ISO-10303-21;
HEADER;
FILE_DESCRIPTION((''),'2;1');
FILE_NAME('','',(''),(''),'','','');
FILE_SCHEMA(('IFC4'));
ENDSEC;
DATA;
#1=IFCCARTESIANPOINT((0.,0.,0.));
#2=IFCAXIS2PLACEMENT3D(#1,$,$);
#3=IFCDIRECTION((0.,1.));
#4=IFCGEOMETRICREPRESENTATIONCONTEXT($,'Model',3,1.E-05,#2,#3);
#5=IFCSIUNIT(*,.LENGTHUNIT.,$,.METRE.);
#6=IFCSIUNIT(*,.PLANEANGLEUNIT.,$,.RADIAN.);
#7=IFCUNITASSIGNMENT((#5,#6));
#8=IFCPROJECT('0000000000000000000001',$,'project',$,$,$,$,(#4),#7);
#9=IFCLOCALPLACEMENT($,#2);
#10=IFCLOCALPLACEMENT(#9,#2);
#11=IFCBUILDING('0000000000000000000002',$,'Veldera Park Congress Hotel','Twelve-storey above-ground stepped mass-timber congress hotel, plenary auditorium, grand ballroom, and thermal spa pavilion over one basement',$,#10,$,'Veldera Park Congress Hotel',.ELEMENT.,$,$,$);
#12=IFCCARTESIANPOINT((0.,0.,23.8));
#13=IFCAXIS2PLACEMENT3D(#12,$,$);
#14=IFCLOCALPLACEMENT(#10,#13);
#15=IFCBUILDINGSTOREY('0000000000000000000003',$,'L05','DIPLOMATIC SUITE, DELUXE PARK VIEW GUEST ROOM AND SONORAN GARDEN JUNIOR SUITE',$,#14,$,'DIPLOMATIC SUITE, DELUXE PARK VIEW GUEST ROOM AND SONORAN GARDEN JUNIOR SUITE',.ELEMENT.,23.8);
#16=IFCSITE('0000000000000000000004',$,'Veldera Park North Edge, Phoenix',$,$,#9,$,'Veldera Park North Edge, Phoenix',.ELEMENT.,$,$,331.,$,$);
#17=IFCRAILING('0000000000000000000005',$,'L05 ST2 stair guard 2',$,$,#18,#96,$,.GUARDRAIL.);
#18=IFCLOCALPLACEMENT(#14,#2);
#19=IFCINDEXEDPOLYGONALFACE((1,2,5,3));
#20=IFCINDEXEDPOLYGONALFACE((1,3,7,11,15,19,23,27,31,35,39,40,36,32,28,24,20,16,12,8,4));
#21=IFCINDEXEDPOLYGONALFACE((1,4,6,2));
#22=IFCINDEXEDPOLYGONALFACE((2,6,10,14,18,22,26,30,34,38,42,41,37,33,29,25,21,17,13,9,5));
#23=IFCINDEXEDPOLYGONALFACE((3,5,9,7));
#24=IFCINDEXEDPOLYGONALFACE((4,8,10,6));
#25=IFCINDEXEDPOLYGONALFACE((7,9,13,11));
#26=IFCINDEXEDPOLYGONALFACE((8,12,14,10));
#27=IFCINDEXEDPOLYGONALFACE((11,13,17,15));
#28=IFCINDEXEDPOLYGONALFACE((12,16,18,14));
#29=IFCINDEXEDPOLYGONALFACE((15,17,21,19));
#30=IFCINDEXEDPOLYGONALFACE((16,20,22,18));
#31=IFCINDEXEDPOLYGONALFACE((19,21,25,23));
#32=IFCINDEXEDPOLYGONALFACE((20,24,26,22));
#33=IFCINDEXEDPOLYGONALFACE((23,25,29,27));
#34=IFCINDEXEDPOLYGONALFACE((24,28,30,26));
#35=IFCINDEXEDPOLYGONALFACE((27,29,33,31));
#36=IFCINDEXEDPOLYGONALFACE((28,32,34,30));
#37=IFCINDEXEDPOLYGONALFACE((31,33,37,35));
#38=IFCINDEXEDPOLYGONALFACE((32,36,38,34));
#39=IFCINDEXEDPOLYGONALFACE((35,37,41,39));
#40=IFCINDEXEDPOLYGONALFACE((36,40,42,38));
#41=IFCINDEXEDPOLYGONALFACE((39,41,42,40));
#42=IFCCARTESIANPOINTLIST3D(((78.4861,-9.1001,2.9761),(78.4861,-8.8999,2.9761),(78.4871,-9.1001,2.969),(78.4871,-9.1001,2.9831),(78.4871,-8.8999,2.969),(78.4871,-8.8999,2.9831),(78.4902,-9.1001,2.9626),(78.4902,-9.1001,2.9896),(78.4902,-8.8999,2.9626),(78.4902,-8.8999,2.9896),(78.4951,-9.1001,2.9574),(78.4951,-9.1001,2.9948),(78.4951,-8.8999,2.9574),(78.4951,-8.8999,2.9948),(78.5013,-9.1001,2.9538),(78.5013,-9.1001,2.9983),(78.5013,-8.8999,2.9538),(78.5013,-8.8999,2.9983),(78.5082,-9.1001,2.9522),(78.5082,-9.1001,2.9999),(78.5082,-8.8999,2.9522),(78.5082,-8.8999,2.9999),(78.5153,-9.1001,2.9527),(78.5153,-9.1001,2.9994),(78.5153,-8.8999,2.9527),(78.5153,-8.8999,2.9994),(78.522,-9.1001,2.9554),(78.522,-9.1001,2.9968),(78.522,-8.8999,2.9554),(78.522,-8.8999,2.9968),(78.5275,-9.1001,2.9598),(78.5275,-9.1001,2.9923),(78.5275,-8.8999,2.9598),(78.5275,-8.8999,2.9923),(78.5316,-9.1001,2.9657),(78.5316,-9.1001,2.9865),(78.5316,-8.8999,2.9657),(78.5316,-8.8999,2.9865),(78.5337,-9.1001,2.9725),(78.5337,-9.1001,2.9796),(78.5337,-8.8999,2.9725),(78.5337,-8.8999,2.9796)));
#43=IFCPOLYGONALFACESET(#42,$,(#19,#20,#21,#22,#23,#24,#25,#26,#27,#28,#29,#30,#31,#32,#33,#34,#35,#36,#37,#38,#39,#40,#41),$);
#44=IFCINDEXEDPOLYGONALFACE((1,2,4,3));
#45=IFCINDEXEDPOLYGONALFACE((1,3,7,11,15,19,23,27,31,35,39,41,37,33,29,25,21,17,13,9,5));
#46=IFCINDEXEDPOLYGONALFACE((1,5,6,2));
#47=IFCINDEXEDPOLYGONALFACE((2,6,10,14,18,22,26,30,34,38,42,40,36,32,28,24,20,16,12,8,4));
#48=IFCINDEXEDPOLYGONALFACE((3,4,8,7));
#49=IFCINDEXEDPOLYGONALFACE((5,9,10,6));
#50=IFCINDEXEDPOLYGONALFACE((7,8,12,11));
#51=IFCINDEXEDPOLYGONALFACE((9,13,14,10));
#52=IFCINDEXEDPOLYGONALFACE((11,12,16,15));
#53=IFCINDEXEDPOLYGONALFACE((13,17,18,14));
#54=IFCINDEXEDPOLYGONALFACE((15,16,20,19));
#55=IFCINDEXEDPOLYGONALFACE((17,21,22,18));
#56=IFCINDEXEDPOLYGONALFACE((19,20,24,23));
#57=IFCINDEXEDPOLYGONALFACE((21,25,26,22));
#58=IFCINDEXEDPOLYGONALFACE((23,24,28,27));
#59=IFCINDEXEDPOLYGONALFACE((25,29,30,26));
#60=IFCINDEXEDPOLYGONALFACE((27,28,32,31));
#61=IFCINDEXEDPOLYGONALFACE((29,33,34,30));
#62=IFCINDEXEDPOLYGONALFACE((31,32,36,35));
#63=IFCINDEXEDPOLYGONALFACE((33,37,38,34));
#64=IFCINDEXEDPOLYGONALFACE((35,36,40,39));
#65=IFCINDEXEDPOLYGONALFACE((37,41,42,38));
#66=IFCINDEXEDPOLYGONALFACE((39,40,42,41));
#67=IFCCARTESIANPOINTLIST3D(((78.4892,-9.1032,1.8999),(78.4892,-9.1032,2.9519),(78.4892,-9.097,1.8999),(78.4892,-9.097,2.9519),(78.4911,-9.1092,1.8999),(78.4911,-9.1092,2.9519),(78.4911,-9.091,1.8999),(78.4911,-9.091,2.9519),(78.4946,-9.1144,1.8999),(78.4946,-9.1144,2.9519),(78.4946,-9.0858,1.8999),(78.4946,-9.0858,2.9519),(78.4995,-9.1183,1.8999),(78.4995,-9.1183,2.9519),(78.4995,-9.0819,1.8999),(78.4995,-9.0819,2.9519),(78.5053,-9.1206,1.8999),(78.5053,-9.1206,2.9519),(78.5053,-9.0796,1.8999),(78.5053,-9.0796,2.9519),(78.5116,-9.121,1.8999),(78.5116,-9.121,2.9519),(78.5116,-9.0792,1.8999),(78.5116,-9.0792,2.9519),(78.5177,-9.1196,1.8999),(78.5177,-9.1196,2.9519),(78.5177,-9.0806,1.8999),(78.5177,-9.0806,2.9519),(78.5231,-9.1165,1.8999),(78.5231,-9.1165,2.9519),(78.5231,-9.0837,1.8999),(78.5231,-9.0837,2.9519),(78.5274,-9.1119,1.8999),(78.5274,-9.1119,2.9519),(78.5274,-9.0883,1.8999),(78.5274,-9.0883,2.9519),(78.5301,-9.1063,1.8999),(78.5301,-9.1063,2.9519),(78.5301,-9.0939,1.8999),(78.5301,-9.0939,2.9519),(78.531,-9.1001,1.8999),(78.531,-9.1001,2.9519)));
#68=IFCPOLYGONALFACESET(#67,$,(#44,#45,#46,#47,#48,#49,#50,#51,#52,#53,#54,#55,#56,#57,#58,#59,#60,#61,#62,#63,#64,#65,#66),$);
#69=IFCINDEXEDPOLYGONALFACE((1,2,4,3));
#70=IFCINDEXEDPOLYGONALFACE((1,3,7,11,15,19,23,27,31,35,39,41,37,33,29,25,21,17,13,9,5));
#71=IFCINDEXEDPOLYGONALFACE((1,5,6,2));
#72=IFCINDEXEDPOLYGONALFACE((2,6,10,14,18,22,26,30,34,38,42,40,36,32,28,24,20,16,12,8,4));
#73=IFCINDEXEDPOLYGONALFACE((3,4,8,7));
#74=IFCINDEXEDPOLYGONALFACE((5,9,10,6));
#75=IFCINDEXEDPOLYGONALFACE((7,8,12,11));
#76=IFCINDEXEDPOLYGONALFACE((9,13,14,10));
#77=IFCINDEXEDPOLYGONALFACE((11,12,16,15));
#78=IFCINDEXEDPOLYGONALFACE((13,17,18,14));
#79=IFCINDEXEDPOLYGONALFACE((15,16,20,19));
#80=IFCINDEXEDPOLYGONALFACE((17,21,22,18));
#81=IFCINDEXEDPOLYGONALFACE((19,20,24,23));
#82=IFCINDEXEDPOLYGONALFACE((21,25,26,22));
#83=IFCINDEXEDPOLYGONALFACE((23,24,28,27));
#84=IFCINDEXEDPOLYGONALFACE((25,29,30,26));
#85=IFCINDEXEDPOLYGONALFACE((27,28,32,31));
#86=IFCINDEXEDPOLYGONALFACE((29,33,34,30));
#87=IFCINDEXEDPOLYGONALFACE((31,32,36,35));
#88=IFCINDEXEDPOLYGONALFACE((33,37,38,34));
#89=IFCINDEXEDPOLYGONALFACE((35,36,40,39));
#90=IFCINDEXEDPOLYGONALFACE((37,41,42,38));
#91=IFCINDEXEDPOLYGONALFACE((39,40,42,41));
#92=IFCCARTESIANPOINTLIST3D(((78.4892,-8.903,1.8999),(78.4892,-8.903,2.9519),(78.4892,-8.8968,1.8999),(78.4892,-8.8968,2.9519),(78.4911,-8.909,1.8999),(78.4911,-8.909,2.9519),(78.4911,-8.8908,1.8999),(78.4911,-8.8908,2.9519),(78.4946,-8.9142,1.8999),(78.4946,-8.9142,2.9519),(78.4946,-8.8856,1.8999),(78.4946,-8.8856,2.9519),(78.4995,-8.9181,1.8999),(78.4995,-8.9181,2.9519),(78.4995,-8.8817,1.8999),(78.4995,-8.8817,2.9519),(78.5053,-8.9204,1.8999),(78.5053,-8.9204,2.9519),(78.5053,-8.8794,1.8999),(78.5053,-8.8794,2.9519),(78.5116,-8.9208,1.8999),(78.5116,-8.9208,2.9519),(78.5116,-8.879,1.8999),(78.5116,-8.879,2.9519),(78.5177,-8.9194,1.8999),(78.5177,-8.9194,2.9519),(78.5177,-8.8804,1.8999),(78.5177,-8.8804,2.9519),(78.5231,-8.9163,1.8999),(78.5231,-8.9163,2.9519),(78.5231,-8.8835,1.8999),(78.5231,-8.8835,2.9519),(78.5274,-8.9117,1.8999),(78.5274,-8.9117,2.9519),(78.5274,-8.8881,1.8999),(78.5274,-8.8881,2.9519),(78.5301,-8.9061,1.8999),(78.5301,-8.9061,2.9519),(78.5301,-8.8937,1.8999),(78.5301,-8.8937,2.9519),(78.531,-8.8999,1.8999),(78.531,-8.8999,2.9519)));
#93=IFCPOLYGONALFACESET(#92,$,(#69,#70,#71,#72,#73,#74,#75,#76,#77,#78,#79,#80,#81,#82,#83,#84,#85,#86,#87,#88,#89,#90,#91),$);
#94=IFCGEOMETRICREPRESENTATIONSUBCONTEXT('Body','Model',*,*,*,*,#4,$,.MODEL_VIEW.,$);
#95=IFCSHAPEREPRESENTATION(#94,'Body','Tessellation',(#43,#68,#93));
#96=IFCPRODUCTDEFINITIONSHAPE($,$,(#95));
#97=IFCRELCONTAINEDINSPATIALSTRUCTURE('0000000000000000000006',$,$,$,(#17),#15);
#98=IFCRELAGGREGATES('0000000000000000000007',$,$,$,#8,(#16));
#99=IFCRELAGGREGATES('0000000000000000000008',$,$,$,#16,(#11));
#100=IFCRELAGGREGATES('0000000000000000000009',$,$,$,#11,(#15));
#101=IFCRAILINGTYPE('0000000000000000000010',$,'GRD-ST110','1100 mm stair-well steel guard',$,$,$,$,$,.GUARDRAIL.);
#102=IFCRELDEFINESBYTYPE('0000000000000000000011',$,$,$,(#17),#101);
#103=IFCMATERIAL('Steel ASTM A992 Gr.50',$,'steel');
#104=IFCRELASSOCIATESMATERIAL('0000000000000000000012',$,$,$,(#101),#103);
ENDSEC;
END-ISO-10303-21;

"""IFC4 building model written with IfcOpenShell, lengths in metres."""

from ifc_helpers import new_model, si_unit, direction, frame, origin, origin_2d, place, context, subcontext, project, spatial, circle, extrude, material, type_object, element, save


model = new_model("IFC4")

# Units and contexts
model_context = context("Model", 3, precision=1e-05, world=origin(), true_north=direction((0.0, 1.0)))
body_context = subcontext(model_context, "Body", "Model", "MODEL_VIEW")
ifc_project = project(units=[si_unit("LENGTHUNIT", "METRE"), si_unit("PLANEANGLEUNIT", "RADIAN")], contexts=[model_context])

# Site, building, storey
site_placement = place(None, origin())
site = spatial("IfcSite", under=ifc_project, at=site_placement, Name="Veldera Park North Edge, Phoenix", LongName="Veldera Park North Edge, Phoenix", CompositionType="ELEMENT", RefElevation=331.0)
building_placement = place(site_placement, origin())
building = spatial("IfcBuilding", under=site, at=building_placement, Name="Veldera Park Congress Hotel", Description="Twelve-storey above-ground stepped mass-timber congress hotel, plenary auditorium, grand ballroom, and thermal spa pavilion over one basement", LongName="Veldera Park Congress Hotel", CompositionType="ELEMENT")
storey_placement = place(building_placement, frame((0.0, 0.0, 23.8)))
storey = spatial("IfcBuildingStorey", under=building, at=storey_placement, Name="L05", Description="DIPLOMATIC SUITE, DELUXE PARK VIEW GUEST ROOM AND SONORAN GARDEN JUNIOR SUITE", LongName="DIPLOMATIC SUITE, DELUXE PARK VIEW GUEST ROOM AND SONORAN GARDEN JUNIOR SUITE", CompositionType="ELEMENT", Elevation=23.8)

# Railing
ifc_material_1 = material(Name="Steel ASTM A992 Gr.50", Category="steel")
railing_type_1 = type_object("IfcRailingType", Name="GRD-ST110", Description="1100 mm stair-well steel guard", PredefinedType="GUARDRAIL", material=ifc_material_1)
railing_1_placement = place(storey_placement, frame((78.51, -9.1001, 1.8999)))
element("IfcRailing", 1, at=railing_1_placement, inside=storey, type_object=railing_type_1, Name="L05 ST2 stair guard 2", PredefinedType="GUARDRAIL", context=body_context, shape_type="SweptSolid", body=[
    extrude(circle(Radius=0.0239, at=origin_2d()), frame((0.0, 0.0, 1.0762), z_axis=(0.0, 1.0, 0.0), x_axis=(-1.0, 0.0, 0.0)), (0.0, 0.0, 1.0), 0.2002),
    extrude(circle(Radius=0.021, at=origin_2d()), origin(), (0.0, 0.0, 1.0), 1.052),
    extrude(circle(Radius=0.021, at=origin_2d()), frame((0.0, 0.2002, 0.0)), (0.0, 0.0, 1.0), 1.052),
])

save(model, "model.ifc")
